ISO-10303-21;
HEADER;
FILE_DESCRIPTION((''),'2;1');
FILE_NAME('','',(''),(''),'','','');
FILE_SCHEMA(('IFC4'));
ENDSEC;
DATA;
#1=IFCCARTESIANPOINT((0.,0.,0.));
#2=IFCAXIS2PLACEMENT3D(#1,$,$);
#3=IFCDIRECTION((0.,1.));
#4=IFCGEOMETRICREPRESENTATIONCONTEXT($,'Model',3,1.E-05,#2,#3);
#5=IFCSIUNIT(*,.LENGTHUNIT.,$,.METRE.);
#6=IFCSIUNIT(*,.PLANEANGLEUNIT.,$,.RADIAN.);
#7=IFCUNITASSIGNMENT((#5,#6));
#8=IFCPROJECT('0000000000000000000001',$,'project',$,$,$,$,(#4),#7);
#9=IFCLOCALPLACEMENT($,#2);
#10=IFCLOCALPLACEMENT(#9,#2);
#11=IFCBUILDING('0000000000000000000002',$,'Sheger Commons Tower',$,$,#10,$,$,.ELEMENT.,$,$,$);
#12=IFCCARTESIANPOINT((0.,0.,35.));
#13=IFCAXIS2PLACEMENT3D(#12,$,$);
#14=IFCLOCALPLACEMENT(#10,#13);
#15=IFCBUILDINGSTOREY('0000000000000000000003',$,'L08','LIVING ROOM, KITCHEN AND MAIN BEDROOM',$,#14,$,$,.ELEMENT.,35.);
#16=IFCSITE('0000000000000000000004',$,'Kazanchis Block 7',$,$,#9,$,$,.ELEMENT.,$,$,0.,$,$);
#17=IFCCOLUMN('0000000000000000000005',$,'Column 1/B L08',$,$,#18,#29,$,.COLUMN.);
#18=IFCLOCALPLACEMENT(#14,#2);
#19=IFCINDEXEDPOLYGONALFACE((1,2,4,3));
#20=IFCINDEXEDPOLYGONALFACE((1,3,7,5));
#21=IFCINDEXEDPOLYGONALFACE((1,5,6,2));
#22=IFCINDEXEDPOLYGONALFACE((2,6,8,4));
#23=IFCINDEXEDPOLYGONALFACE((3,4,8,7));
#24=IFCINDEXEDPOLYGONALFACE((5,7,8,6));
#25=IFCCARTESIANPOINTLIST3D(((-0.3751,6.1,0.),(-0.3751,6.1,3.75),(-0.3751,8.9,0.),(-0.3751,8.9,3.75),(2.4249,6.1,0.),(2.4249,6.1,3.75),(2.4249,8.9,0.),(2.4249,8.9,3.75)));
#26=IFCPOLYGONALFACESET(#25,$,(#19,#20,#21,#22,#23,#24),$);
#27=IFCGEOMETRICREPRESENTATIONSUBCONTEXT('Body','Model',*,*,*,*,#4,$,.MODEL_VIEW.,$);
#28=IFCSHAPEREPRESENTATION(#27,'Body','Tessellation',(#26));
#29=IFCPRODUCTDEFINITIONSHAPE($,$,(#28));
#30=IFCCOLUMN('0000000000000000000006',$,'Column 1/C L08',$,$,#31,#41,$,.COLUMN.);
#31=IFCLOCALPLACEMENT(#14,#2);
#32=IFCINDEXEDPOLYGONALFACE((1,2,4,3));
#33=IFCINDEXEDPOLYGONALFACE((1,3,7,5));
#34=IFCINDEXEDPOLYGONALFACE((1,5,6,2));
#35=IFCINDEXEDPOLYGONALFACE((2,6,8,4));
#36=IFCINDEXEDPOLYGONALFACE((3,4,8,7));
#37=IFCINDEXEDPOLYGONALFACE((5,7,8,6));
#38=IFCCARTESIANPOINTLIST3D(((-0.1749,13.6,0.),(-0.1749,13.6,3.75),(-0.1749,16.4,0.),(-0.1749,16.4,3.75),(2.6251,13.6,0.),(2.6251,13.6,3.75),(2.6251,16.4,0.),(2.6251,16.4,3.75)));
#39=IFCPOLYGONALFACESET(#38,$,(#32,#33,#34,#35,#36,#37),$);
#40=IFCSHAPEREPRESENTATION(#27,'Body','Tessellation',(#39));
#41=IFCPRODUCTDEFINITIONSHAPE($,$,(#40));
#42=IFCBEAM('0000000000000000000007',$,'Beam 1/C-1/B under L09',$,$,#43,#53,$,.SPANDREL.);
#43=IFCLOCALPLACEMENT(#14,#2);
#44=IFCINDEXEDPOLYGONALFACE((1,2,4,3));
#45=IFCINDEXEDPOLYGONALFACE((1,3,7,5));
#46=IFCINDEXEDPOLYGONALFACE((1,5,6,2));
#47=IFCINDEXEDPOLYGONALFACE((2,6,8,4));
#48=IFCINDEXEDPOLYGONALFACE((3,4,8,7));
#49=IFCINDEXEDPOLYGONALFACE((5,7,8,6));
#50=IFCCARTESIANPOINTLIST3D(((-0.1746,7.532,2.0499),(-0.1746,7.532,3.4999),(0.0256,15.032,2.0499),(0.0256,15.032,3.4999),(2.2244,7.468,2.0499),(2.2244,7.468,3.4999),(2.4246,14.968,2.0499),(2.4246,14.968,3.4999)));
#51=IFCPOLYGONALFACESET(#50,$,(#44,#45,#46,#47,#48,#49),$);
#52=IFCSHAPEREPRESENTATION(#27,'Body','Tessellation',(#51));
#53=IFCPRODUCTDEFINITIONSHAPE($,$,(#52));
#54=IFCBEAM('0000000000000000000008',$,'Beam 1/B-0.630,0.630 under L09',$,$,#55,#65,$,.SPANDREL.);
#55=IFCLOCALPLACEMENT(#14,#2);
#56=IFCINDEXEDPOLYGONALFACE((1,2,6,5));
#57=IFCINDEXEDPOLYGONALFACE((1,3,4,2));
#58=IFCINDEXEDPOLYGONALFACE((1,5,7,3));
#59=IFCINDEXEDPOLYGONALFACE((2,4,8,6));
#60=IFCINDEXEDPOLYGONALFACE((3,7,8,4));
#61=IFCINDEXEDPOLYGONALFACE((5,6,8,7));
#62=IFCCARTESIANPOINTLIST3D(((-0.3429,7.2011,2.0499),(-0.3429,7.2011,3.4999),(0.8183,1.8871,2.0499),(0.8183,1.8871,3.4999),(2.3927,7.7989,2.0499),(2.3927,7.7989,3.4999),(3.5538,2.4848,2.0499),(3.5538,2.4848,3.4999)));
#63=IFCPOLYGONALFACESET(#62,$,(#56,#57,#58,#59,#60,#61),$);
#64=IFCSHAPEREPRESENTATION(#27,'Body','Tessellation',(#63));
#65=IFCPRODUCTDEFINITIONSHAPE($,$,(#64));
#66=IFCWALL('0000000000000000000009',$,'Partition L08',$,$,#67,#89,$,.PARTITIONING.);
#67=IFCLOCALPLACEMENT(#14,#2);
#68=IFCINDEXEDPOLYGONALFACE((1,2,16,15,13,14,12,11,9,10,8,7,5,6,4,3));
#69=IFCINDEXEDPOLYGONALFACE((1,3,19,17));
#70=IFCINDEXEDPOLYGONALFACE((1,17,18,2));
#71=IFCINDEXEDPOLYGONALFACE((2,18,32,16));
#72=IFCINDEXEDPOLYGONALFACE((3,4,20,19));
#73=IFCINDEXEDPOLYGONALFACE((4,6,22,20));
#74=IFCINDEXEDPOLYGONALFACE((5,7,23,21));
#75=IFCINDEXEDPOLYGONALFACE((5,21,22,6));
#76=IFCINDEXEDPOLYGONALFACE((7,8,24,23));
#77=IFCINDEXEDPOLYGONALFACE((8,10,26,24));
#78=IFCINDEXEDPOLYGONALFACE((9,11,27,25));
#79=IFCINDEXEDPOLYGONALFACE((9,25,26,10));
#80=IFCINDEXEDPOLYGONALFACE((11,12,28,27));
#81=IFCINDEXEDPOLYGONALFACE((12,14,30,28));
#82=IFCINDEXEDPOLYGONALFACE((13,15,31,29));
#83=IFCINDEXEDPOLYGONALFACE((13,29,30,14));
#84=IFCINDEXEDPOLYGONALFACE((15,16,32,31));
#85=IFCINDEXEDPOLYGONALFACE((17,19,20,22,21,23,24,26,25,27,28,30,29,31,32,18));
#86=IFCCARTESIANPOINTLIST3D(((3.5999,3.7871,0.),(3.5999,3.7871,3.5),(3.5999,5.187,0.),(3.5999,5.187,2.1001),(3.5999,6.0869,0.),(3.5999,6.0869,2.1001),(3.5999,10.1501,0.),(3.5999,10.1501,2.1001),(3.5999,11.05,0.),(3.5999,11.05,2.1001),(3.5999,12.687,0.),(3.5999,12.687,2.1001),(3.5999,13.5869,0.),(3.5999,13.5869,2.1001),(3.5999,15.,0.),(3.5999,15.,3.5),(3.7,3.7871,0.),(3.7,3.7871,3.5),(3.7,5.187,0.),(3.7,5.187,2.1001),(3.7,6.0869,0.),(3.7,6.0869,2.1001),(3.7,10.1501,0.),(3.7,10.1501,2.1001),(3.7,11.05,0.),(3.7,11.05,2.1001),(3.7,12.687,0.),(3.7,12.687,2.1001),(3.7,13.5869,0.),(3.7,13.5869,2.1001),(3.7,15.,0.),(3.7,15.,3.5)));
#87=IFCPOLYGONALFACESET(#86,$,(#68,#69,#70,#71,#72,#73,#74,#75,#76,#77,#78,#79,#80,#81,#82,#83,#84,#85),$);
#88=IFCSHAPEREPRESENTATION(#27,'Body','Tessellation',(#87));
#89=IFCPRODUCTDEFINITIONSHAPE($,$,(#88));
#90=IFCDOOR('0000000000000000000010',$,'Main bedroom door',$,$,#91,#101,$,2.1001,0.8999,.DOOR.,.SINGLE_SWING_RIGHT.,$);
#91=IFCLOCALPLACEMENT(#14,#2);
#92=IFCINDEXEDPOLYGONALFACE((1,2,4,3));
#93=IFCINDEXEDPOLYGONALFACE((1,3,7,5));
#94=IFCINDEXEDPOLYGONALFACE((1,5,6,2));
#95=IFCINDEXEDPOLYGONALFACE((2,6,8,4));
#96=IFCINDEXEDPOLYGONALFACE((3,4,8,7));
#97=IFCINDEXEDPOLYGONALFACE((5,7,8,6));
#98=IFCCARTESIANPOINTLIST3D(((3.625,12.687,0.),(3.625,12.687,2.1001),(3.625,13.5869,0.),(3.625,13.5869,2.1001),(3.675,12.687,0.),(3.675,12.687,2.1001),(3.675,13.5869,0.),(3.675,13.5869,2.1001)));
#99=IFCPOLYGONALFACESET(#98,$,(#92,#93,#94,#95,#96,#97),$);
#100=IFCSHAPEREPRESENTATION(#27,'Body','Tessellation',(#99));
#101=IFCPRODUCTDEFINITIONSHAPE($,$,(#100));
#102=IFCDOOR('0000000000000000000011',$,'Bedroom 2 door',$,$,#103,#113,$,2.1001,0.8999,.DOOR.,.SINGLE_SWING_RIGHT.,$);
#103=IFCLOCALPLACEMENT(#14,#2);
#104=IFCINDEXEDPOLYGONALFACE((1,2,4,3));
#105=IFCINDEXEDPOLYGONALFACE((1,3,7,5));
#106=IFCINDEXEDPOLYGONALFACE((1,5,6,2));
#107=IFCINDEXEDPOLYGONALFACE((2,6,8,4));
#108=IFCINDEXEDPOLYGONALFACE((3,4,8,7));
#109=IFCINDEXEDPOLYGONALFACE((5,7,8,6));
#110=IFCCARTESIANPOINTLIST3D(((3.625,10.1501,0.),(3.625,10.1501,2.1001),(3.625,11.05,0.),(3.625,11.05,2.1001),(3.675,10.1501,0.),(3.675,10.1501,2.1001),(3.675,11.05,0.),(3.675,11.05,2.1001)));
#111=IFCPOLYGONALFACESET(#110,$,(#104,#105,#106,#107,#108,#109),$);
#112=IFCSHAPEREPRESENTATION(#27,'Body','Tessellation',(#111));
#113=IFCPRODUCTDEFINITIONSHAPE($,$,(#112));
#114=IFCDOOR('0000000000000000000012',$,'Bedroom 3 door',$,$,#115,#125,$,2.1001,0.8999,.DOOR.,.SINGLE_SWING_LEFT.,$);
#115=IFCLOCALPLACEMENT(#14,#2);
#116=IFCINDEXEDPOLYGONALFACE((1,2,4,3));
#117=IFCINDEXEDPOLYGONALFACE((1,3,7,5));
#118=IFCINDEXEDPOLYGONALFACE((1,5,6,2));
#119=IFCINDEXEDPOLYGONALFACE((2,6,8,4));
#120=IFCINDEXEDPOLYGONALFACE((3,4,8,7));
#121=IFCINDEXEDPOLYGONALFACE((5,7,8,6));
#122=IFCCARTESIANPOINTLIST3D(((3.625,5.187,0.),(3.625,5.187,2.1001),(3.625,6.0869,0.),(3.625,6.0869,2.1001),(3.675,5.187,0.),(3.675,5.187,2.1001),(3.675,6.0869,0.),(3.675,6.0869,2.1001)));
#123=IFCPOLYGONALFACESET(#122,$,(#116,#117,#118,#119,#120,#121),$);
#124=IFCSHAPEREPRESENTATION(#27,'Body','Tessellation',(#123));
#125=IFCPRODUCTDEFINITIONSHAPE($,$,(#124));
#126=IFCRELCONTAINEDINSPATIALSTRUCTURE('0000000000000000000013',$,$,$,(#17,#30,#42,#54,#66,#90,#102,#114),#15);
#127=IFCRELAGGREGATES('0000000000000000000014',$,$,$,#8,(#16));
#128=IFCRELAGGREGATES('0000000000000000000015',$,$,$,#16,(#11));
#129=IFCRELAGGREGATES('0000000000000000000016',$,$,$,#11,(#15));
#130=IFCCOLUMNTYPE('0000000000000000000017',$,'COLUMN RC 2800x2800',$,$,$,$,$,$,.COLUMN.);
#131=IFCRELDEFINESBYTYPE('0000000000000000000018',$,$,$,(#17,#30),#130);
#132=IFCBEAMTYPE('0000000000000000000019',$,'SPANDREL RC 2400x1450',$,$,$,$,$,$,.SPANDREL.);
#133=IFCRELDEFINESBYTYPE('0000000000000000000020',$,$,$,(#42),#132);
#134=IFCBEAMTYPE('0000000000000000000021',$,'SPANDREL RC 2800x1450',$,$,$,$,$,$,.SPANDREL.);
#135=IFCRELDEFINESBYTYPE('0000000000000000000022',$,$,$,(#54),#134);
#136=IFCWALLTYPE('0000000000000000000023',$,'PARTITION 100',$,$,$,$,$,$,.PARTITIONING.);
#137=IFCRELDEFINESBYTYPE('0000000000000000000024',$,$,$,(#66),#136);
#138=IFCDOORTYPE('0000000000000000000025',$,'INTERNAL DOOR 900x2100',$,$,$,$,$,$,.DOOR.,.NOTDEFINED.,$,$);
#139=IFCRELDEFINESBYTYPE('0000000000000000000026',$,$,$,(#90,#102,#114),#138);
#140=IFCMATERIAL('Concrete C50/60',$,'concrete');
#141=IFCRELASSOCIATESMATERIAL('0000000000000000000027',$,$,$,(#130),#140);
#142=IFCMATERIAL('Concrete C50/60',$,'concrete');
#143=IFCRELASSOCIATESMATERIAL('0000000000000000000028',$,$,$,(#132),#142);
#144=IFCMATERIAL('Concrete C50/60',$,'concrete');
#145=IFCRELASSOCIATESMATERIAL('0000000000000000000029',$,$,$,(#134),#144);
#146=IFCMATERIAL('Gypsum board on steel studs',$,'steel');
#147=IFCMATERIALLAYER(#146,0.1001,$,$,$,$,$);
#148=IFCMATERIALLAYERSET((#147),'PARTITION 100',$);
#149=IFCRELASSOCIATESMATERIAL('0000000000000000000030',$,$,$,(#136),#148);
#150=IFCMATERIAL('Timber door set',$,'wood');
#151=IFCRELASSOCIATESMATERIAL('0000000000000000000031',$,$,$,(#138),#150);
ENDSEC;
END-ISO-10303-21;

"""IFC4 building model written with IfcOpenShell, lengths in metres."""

from ifc_helpers import new_model, si_unit, direction, frame, frame_2d, origin, origin_2d, place, context, subcontext, project, spatial, rectangle, extrude, material, layer, layer_set, material_profile, profile_set, type_object, element, fill, save


model = new_model("IFC4")

# Units and contexts
model_context = context("Model", 3, precision=1e-05, world=origin(), true_north=direction((0.0, 1.0)))
body_context = subcontext(model_context, "Body", "Model", "MODEL_VIEW")
ifc_project = project(units=[si_unit("LENGTHUNIT", "METRE"), si_unit("PLANEANGLEUNIT", "RADIAN")], contexts=[model_context])

# Site, building, storey
site_placement = place(None, origin())
site = spatial("IfcSite", under=ifc_project, at=site_placement, Name="Kazanchis Block 7", CompositionType="ELEMENT", RefElevation=0.0)
building_placement = place(site_placement, origin())
building = spatial("IfcBuilding", under=site, at=building_placement, Name="Sheger Commons Tower", CompositionType="ELEMENT")
storey_placement = place(building_placement, frame((0.0, 0.0, 35.0)))
storey = spatial("IfcBuildingStorey", under=building, at=storey_placement, Name="L08", Description="LIVING ROOM, KITCHEN AND MAIN BEDROOM", CompositionType="ELEMENT", Elevation=35.0)

# Columns
ifc_material_1 = material(Name="Concrete C50/60", Category="concrete")
ifc_material_profile_1 = material_profile(ifc_material_1, rectangle(XDim=2.8, YDim=2.8, at=origin_2d()), Name="RC 2800x2800")
ifc_profile_set_1 = profile_set([ifc_material_profile_1], Name="Concrete C50/60")
column_type = type_object("IfcColumnType", Name="COLUMN RC 2800x2800", PredefinedType="COLUMN", material=ifc_profile_set_1)
for number, where, z_axis, x_axis, name in (
    (1, (1.0249, 7.5, 0.0), (0.0, 0.0, 1.0), (1.0, 0.0, 0.0), "Column 1/B L08"),
    (2, (1.2251, 15.0, 0.0), (0.0, 0.0, 1.0), (1.0, 0.0, 0.0), "Column 1/C L08"),
):
    element("IfcColumn", number, at=place(storey_placement, frame(where, z_axis=z_axis, x_axis=x_axis)), inside=storey, type_object=column_type, Name=name, PredefinedType="COLUMN", context=body_context, shape_type="SweptSolid", body=[
        extrude(rectangle(XDim=2.8, YDim=2.8, at=origin_2d()), origin(), (0.0, 0.0, 1.0), 3.75),
    ])

# Beams
ifc_material_2 = material(Name="Concrete C50/60", Category="concrete")
ifc_material_profile_2 = material_profile(ifc_material_2, rectangle(XDim=2.3999, YDim=1.45, at=origin_2d()), Name="RC 2400x1450")
ifc_profile_set_2 = profile_set([ifc_material_profile_2], Name="Concrete C50/60")
beam_type_1 = type_object("IfcBeamType", Name="SPANDREL RC 2400x1450", PredefinedType="SPANDREL", material=ifc_profile_set_2)
beam_1_placement = place(storey_placement, frame((1.2251, 15.0, 2.7749), z_axis=(-0.026683, -0.999644, 0.0), x_axis=(0.999644, -0.026683, 0.0)))
element("IfcBeam", 3, at=beam_1_placement, inside=storey, type_object=beam_type_1, Name="Beam 1/C-1/B under L09", PredefinedType="SPANDREL", context=body_context, shape_type="SweptSolid", body=[
    extrude(rectangle(XDim=2.3999, YDim=1.45, at=origin_2d()), origin(), (0.0, 0.0, 1.0), 7.5027),
])
ifc_material_3 = material(Name="Concrete C50/60", Category="concrete")
ifc_material_profile_3 = material_profile(ifc_material_3, rectangle(XDim=2.8, YDim=1.45, at=origin_2d()), Name="RC 2800x1450")
ifc_profile_set_3 = profile_set([ifc_material_profile_3], Name="Concrete C50/60")
beam_type_2 = type_object("IfcBeamType", Name="SPANDREL RC 2800x1450", PredefinedType="SPANDREL", material=ifc_profile_set_3)
beam_2_placement = place(storey_placement, frame((1.0249, 7.5, 2.7749), z_axis=(0.213469, -0.97695, 0.0), x_axis=(0.97695, 0.213469, 0.0)))
element("IfcBeam", 4, at=beam_2_placement, inside=storey, type_object=beam_type_2, Name="Beam 1/B-0.630,0.630 under L09", PredefinedType="SPANDREL", context=body_context, shape_type="SweptSolid", body=[
    extrude(rectangle(XDim=2.8, YDim=1.45, at=origin_2d()), origin(), (0.0, 0.0, 1.0), 5.4395),
])

# Wall, openings, doors
ifc_material_4 = material(Name="Gypsum board on steel studs", Category="steel")
ifc_layer = layer(ifc_material_4, 0.1001)
ifc_layer_set = layer_set([ifc_layer], Name="PARTITION 100")
wall_type = type_object("IfcWallType", Name="PARTITION 100", PredefinedType="PARTITIONING", material=ifc_layer_set)
wall_1_placement = place(storey_placement, frame((3.6499, 3.7871, 0.0), z_axis=(0.0, 0.0, 1.0), x_axis=(0.0, 1.0, 0.0)))
wall_1 = element("IfcWall", 5, at=wall_1_placement, inside=storey, type_object=wall_type, Name="Partition L08", PredefinedType="PARTITIONING", context=body_context, shape_type="SweptSolid", body=[
    extrude(rectangle(XDim=11.2129, YDim=0.1001, at=frame_2d((5.6064, 0.0))), origin(), (0.0, 0.0, 1.0), 3.5),
])
opening_1_placement = place(wall_1_placement, frame((8.8999, 0.0, 0.0)))
opening_1 = element("IfcOpeningElement", 6, at=opening_1_placement, cuts=wall_1, PredefinedType="OPENING", context=body_context, shape_type="SweptSolid", body=[
    extrude(rectangle(XDim=0.8999, YDim=2.1001, at=frame_2d((0.45, 1.05))), frame((0.0, 0.0601, 0.0), z_axis=(0.0, -1.0, 0.0), x_axis=(1.0, 0.0, 0.0)), (0.0, 0.0, 1.0), 0.1201),
])
opening_2_placement = place(wall_1_placement, frame((6.363, 0.0, 0.0)))
opening_2 = element("IfcOpeningElement", 7, at=opening_2_placement, cuts=wall_1, PredefinedType="OPENING", context=body_context, shape_type="SweptSolid", body=[
    extrude(rectangle(XDim=0.8999, YDim=2.1001, at=frame_2d((0.45, 1.05))), frame((0.0, 0.0601, 0.0), z_axis=(0.0, -1.0, 0.0), x_axis=(1.0, 0.0, 0.0)), (0.0, 0.0, 1.0), 0.1201),
])
opening_3_placement = place(wall_1_placement, frame((1.3999, 0.0, 0.0)))
opening_3 = element("IfcOpeningElement", 8, at=opening_3_placement, cuts=wall_1, PredefinedType="OPENING", context=body_context, shape_type="SweptSolid", body=[
    extrude(rectangle(XDim=0.8999, YDim=2.1001, at=frame_2d((0.45, 1.05))), frame((0.0, 0.0601, 0.0), z_axis=(0.0, -1.0, 0.0), x_axis=(1.0, 0.0, 0.0)), (0.0, 0.0, 1.0), 0.1201),
])
ifc_material_5 = material(Name="Timber door set", Category="wood")
door_type = type_object("IfcDoorType", Name="INTERNAL DOOR 900x2100", OperationType="NOTDEFINED", PredefinedType="DOOR", material=ifc_material_5)
door_1_placement = place(opening_1_placement, origin())
door_1 = element("IfcDoor", 9, at=door_1_placement, inside=storey, type_object=door_type, Name="Main bedroom door", OperationType="SINGLE_SWING_RIGHT", OverallHeight=2.1001, OverallWidth=0.8999, PredefinedType="DOOR", context=body_context, shape_type="SweptSolid", body=[
    extrude(rectangle(XDim=0.8999, YDim=2.1001, at=frame_2d((0.45, 1.05))), frame((0.0, 0.0249, 0.0), z_axis=(0.0, -1.0, 0.0), x_axis=(1.0, 0.0, 0.0)), (0.0, 0.0, 1.0), 0.05),
])
fill(opening_1, door_1)
door_2_placement = place(opening_2_placement, origin())
door_2 = element("IfcDoor", 10, at=door_2_placement, inside=storey, type_object=door_type, Name="Bedroom 2 door", OperationType="SINGLE_SWING_RIGHT", OverallHeight=2.1001, OverallWidth=0.8999, PredefinedType="DOOR", context=body_context, shape_type="SweptSolid", body=[
    extrude(rectangle(XDim=0.8999, YDim=2.1001, at=frame_2d((0.45, 1.05))), frame((0.0, 0.0249, 0.0), z_axis=(0.0, -1.0, 0.0), x_axis=(1.0, 0.0, 0.0)), (0.0, 0.0, 1.0), 0.05),
])
fill(opening_2, door_2)
door_3_placement = place(opening_3_placement, origin())
door_3 = element("IfcDoor", 11, at=door_3_placement, inside=storey, type_object=door_type, Name="Bedroom 3 door", OperationType="SINGLE_SWING_LEFT", OverallHeight=2.1001, OverallWidth=0.8999, PredefinedType="DOOR", context=body_context, shape_type="SweptSolid", body=[
    extrude(rectangle(XDim=0.8999, YDim=2.1001, at=frame_2d((0.45, 1.05))), frame((0.0, 0.0249, 0.0), z_axis=(0.0, -1.0, 0.0), x_axis=(1.0, 0.0, 0.0)), (0.0, 0.0, 1.0), 0.05),
])
fill(opening_3, door_3)

save(model, "model.ifc")
